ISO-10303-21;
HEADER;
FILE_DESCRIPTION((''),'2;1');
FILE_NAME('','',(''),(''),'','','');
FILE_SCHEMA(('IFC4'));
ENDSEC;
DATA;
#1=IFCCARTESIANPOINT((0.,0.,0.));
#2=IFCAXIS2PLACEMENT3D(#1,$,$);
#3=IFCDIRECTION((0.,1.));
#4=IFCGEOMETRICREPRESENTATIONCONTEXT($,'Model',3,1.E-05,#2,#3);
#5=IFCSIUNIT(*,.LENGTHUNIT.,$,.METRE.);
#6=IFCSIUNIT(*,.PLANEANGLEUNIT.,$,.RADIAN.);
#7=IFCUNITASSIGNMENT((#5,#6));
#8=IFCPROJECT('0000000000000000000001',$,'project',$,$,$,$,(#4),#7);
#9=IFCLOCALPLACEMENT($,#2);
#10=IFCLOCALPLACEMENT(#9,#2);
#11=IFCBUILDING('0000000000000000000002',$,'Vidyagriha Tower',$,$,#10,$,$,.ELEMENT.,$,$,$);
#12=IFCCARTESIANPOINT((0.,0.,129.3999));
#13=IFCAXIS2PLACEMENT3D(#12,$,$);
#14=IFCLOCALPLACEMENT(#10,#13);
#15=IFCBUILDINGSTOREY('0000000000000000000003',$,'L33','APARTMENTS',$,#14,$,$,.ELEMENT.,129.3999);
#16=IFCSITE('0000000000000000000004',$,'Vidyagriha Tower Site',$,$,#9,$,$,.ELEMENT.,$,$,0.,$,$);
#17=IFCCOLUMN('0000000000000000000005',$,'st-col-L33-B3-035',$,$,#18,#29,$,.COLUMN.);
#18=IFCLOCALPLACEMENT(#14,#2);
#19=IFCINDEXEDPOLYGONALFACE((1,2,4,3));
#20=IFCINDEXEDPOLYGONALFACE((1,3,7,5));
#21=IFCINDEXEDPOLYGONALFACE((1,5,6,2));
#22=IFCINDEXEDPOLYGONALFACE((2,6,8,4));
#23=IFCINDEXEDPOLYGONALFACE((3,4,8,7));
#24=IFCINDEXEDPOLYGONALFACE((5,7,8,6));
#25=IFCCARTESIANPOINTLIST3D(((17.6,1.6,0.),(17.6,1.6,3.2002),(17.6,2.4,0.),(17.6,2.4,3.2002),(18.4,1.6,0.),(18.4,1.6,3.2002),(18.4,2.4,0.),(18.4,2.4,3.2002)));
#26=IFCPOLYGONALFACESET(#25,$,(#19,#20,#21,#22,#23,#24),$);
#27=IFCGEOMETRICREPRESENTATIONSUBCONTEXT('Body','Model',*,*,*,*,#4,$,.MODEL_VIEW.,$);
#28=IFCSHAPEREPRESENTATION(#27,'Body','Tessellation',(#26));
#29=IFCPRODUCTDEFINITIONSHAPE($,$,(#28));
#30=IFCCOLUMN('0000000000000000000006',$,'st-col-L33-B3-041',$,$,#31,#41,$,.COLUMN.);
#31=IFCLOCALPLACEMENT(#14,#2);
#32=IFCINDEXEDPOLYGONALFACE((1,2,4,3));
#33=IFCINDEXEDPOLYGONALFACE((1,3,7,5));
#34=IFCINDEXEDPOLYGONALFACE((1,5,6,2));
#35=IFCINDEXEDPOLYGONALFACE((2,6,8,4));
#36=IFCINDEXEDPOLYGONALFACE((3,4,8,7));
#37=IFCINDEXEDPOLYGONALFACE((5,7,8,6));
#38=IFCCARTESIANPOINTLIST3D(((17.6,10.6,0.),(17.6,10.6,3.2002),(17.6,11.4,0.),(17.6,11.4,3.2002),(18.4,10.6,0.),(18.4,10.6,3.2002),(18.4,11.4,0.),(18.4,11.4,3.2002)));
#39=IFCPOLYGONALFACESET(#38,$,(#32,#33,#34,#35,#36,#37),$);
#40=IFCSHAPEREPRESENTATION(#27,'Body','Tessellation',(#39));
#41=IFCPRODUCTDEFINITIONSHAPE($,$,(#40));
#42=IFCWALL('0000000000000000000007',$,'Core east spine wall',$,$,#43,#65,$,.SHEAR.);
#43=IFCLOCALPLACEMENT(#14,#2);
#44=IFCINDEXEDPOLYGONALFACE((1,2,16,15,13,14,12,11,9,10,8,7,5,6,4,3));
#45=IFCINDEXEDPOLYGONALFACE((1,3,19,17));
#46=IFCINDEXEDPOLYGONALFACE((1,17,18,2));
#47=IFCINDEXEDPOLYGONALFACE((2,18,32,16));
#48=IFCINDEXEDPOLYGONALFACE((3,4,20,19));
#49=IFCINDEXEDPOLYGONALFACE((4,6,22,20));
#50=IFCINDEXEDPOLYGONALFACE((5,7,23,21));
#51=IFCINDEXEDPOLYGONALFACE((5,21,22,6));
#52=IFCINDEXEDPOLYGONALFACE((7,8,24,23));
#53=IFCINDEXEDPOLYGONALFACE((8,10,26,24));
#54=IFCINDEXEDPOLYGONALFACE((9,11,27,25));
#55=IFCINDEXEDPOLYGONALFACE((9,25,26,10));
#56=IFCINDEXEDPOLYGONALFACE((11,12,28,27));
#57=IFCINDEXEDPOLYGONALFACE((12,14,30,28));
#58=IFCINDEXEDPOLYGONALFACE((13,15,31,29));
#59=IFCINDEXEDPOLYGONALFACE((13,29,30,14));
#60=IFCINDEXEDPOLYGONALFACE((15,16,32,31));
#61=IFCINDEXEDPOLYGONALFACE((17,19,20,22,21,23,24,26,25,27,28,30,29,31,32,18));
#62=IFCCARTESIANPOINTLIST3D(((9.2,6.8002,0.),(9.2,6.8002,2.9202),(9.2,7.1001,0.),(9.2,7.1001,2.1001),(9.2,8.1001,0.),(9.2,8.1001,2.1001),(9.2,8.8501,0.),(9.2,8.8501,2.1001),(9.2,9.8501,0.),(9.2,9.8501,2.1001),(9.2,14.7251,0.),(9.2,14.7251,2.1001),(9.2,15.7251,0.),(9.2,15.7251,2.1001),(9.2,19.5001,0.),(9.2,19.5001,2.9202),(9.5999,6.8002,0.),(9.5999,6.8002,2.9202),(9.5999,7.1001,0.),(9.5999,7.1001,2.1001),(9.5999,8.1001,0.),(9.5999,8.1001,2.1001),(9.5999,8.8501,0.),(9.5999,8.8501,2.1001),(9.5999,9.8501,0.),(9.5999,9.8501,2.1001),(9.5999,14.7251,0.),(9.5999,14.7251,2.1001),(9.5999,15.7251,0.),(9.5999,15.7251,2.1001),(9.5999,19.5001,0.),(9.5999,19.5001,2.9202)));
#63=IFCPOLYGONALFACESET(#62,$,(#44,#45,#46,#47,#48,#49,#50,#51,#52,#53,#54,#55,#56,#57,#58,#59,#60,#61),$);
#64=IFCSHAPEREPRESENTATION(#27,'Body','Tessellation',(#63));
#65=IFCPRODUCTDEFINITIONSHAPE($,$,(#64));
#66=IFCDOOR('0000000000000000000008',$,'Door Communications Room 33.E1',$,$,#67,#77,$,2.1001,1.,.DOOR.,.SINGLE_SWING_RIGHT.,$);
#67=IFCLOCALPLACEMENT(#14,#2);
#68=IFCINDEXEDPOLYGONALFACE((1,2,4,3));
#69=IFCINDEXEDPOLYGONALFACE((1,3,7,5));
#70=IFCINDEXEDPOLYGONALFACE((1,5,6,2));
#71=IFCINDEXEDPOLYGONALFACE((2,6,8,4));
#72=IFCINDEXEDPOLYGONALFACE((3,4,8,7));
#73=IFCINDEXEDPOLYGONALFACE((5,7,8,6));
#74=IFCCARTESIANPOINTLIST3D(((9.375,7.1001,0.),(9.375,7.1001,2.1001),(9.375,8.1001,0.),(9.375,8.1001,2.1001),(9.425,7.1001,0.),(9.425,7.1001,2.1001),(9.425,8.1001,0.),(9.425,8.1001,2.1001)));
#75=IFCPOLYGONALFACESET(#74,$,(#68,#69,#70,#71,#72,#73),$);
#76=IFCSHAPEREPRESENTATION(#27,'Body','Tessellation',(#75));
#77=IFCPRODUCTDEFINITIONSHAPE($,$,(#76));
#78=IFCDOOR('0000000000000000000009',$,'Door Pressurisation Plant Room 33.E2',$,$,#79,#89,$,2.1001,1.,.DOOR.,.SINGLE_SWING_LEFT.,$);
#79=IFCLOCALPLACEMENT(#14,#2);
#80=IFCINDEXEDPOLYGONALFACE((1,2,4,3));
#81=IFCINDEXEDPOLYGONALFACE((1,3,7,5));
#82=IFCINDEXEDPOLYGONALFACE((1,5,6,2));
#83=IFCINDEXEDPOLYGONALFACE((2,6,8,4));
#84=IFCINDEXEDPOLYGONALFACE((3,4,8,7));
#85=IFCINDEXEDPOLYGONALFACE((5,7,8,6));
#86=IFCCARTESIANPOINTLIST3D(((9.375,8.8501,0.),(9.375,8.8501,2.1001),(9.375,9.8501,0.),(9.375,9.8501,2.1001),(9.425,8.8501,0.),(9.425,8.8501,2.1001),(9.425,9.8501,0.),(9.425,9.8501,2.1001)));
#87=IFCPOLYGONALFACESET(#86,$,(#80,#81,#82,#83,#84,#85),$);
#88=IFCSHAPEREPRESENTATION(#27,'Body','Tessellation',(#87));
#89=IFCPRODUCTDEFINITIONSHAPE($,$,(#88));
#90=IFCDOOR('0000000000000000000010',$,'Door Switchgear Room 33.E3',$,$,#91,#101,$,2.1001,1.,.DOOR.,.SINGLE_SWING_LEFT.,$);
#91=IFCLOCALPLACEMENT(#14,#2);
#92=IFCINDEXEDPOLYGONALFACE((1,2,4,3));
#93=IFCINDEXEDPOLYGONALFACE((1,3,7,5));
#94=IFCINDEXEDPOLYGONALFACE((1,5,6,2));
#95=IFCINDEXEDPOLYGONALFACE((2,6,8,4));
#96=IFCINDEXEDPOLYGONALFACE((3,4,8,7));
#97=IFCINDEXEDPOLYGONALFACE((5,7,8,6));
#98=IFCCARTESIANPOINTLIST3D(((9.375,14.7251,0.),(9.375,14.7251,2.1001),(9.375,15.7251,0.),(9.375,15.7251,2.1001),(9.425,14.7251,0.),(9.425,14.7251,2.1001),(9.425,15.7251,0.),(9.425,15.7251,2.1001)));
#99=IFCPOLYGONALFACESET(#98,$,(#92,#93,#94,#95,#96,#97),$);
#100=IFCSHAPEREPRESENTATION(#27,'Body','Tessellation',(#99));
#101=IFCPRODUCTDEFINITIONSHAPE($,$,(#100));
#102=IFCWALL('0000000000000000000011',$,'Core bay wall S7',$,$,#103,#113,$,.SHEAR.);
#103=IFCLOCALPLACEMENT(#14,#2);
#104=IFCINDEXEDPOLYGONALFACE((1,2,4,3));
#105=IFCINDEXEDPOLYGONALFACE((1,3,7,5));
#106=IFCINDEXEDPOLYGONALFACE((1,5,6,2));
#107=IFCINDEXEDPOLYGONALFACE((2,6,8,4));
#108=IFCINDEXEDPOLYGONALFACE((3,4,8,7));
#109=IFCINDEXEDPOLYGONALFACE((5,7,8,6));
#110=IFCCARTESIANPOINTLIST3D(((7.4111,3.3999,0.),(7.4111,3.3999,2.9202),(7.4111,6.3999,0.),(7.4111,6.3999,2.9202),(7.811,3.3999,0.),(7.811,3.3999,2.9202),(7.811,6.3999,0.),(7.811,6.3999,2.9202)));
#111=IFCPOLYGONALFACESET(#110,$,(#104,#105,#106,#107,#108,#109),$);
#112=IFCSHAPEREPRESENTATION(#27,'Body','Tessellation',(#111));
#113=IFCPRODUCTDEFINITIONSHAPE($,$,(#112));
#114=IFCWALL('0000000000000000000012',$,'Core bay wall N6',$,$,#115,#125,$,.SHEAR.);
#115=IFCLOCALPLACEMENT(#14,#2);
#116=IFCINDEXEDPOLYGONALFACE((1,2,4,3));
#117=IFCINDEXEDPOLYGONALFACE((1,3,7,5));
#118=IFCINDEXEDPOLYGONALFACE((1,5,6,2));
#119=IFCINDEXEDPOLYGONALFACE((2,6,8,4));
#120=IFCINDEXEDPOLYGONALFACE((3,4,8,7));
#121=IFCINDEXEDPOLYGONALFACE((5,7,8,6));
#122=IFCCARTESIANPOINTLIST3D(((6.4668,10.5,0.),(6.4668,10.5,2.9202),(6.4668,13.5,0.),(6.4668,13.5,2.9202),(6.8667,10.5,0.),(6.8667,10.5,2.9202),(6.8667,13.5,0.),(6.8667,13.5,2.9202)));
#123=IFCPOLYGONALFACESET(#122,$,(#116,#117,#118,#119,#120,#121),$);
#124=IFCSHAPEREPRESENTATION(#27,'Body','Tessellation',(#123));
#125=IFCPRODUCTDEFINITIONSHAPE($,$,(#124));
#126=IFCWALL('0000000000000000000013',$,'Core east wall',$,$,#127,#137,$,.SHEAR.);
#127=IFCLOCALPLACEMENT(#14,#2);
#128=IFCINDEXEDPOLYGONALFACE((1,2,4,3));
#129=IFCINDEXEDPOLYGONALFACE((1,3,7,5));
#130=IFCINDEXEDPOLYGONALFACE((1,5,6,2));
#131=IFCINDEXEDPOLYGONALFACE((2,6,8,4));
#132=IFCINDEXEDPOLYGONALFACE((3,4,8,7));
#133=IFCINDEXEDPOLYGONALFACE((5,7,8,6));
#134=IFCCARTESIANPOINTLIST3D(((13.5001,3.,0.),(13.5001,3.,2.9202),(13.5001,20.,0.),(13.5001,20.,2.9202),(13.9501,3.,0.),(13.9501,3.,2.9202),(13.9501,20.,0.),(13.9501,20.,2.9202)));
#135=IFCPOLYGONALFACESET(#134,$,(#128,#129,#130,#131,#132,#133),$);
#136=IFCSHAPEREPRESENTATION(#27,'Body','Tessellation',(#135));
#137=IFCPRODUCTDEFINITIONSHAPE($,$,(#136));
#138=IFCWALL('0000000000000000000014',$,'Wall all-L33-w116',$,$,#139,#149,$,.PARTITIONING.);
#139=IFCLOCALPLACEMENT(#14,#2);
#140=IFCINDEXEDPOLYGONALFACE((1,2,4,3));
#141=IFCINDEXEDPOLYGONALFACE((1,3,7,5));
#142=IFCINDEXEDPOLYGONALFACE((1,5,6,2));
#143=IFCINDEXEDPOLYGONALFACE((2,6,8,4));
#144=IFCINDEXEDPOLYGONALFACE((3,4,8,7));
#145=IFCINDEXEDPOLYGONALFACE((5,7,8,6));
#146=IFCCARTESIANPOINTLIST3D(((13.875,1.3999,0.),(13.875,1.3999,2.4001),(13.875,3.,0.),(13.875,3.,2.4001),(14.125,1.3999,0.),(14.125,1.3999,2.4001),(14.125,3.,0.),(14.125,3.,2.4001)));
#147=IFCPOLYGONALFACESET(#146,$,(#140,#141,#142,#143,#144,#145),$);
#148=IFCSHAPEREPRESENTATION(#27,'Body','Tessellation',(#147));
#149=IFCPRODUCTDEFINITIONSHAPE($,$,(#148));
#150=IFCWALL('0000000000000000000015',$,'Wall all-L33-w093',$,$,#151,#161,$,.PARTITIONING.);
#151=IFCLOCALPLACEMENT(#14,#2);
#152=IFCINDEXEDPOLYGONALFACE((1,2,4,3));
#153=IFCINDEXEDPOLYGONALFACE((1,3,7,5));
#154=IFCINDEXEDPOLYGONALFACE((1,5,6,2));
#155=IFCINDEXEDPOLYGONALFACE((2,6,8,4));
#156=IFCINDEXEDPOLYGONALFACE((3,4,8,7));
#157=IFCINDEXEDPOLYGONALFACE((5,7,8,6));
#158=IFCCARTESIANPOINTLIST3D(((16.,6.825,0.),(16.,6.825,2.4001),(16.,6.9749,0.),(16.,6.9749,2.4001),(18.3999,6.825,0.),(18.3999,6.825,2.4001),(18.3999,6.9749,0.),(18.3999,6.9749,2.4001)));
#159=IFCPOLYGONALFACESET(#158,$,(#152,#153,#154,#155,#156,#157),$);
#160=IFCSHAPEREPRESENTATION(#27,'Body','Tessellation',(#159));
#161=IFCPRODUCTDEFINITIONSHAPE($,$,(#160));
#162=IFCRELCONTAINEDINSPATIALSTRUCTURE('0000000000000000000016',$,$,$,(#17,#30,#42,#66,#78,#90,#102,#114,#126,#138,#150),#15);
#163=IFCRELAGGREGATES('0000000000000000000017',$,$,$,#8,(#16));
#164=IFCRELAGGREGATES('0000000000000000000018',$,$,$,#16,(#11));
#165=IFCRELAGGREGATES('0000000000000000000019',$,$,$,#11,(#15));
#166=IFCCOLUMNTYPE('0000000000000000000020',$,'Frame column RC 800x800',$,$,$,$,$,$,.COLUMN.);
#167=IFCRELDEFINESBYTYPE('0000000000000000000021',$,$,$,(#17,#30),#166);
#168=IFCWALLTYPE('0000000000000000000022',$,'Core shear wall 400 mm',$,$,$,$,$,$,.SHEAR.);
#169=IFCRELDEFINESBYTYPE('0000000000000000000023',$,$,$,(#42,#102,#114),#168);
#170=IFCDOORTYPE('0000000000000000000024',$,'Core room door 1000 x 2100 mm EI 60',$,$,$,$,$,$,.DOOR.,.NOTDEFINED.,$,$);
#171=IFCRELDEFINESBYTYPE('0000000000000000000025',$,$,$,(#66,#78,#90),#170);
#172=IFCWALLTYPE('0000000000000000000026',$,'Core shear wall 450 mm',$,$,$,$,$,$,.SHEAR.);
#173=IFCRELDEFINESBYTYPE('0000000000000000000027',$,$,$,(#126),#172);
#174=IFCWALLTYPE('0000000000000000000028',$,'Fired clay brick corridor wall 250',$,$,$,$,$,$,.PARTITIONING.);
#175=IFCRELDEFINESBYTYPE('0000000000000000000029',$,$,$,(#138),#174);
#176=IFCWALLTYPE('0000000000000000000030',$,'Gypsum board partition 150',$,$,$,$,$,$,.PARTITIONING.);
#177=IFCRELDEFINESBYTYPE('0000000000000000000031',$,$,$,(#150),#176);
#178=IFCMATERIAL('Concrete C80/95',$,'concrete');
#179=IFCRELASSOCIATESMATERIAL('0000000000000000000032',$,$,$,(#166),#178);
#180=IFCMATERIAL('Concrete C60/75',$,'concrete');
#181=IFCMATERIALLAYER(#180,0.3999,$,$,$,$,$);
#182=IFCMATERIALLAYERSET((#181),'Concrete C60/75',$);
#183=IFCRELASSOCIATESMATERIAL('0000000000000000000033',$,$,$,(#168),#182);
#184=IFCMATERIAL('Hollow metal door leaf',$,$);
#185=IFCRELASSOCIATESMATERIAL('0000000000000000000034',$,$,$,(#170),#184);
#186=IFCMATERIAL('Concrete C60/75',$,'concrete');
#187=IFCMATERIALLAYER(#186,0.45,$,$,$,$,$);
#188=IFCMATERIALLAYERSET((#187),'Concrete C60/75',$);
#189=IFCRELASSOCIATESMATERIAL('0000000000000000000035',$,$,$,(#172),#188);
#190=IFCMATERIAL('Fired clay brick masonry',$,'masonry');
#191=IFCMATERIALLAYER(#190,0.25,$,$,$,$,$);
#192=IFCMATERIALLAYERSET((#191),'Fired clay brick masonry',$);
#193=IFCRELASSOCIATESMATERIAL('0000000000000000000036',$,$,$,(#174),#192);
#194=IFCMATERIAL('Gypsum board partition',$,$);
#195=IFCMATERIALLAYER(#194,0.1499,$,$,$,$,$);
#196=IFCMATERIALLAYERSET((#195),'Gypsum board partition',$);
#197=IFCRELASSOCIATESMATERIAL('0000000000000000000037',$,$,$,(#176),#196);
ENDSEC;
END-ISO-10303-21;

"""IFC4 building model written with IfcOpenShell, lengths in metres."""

from ifc_helpers import new_model, si_unit, direction, frame, frame_2d, origin, origin_2d, place, context, subcontext, project, spatial, rectangle, extrude, material, layer, layer_set, material_profile, profile_set, type_object, element, fill, save


model = new_model("IFC4")

# Units and contexts
model_context = context("Model", 3, precision=1e-05, world=origin(), true_north=direction((0.0, 1.0)))
body_context = subcontext(model_context, "Body", "Model", "MODEL_VIEW")
ifc_project = project(units=[si_unit("LENGTHUNIT", "METRE"), si_unit("PLANEANGLEUNIT", "RADIAN")], contexts=[model_context])

# Site, building, storey
site_placement = place(None, origin())
site = spatial("IfcSite", under=ifc_project, at=site_placement, Name="Vidyagriha Tower Site", CompositionType="ELEMENT", RefElevation=0.0)
building_placement = place(site_placement, origin())
building = spatial("IfcBuilding", under=site, at=building_placement, Name="Vidyagriha Tower", CompositionType="ELEMENT")
storey_placement = place(building_placement, frame((0.0, 0.0, 129.3999)))
storey = spatial("IfcBuildingStorey", under=building, at=storey_placement, Name="L33", Description="APARTMENTS", CompositionType="ELEMENT", Elevation=129.3999)

# Columns
ifc_material_1 = material(Name="Concrete C80/95", Category="concrete")
ifc_material_profile = material_profile(ifc_material_1, rectangle(XDim=0.8, YDim=0.8, at=origin_2d()), Name="RC 800x800")
ifc_profile_set = profile_set([ifc_material_profile], Name="Concrete C80/95")
column_type = type_object("IfcColumnType", Name="Frame column RC 800x800", PredefinedType="COLUMN", material=ifc_profile_set)
for number, where, name in (
    (1, (18.0, 2.0, 0.0), "st-col-L33-B3-035"),
    (2, (18.0, 11.0, 0.0), "st-col-L33-B3-041"),
):
    element("IfcColumn", number, at=place(storey_placement, frame(where)), inside=storey, type_object=column_type, Name=name, PredefinedType="COLUMN", context=body_context, shape_type="SweptSolid", body=[
        extrude(rectangle(XDim=0.8, YDim=0.8, at=origin_2d()), origin(), (0.0, 0.0, 1.0), 3.2002),
    ])

# Wall, openings, doors
ifc_material_2 = material(Name="Concrete C60/75", Category="concrete")
ifc_layer_1 = layer(ifc_material_2, 0.3999)
ifc_layer_set_1 = layer_set([ifc_layer_1], Name="Concrete C60/75")
wall_type_1 = type_object("IfcWallType", Name="Core shear wall 400 mm", PredefinedType="SHEAR", material=ifc_layer_set_1)
wall_1_placement = place(storey_placement, frame((9.3999, 6.8, 0.0), z_axis=(0.0, 0.0, 1.0), x_axis=(0.0, 1.0, 0.0)))
wall_1 = element("IfcWall", 3, at=wall_1_placement, inside=storey, type_object=wall_type_1, Name="Core east spine wall", PredefinedType="SHEAR", context=body_context, shape_type="SweptSolid", body=[
    extrude(rectangle(XDim=12.7, YDim=0.3999, at=frame_2d((6.3501, 0.0))), origin(), (0.0, 0.0, 1.0), 2.9202),
])
opening_1_placement = place(wall_1_placement, frame((0.3, 0.0, 0.0)))
opening_1 = element("IfcOpeningElement", 4, at=opening_1_placement, cuts=wall_1, PredefinedType="OPENING", context=body_context, shape_type="SweptSolid", body=[
    extrude(rectangle(XDim=1.0, YDim=2.1001, at=frame_2d((0.5, 1.05))), frame((0.0, 0.21, 0.0), z_axis=(0.0, -1.0, 0.0), x_axis=(1.0, 0.0, 0.0)), (0.0, 0.0, 1.0), 0.4199),
])
opening_2_placement = place(wall_1_placement, frame((2.05, 0.0, 0.0)))
opening_2 = element("IfcOpeningElement", 5, at=opening_2_placement, cuts=wall_1, PredefinedType="OPENING", context=body_context, shape_type="SweptSolid", body=[
    extrude(rectangle(XDim=1.0, YDim=2.1001, at=frame_2d((0.5, 1.05))), frame((0.0, 0.21, 0.0), z_axis=(0.0, -1.0, 0.0), x_axis=(1.0, 0.0, 0.0)), (0.0, 0.0, 1.0), 0.4199),
])
opening_3_placement = place(wall_1_placement, frame((7.925, 0.0, 0.0)))
opening_3 = element("IfcOpeningElement", 6, at=opening_3_placement, cuts=wall_1, PredefinedType="OPENING", context=body_context, shape_type="SweptSolid", body=[
    extrude(rectangle(XDim=1.0, YDim=2.1001, at=frame_2d((0.5, 1.05))), frame((0.0, 0.21, 0.0), z_axis=(0.0, -1.0, 0.0), x_axis=(1.0, 0.0, 0.0)), (0.0, 0.0, 1.0), 0.4199),
])
ifc_material_3 = material(Name="Hollow metal door leaf")
door_type_1 = type_object("IfcDoorType", Name="Core room door 1000 x 2100 mm EI 60", OperationType="NOTDEFINED", PredefinedType="DOOR", material=ifc_material_3)
door_1_placement = place(opening_1_placement, origin())
door_1 = element("IfcDoor", 7, at=door_1_placement, inside=storey, type_object=door_type_1, Name="Door Communications Room 33.E1", OperationType="SINGLE_SWING_RIGHT", OverallHeight=2.1001, OverallWidth=1.0, PredefinedType="DOOR", context=body_context, shape_type="SweptSolid", body=[
    extrude(rectangle(XDim=1.0, YDim=2.1001, at=frame_2d((0.5, 1.05))), frame((0.0, 0.0249, 0.0), z_axis=(0.0, -1.0, 0.0), x_axis=(1.0, 0.0, 0.0)), (0.0, 0.0, 1.0), 0.05),
])
fill(opening_1, door_1)
door_2_placement = place(opening_2_placement, origin())
door_2 = element("IfcDoor", 8, at=door_2_placement, inside=storey, type_object=door_type_1, Name="Door Pressurisation Plant Room 33.E2", OperationType="SINGLE_SWING_LEFT", OverallHeight=2.1001, OverallWidth=1.0, PredefinedType="DOOR", context=body_context, shape_type="SweptSolid", body=[
    extrude(rectangle(XDim=1.0, YDim=2.1001, at=frame_2d((0.5, 1.05))), frame((0.0, 0.0249, 0.0), z_axis=(0.0, -1.0, 0.0), x_axis=(1.0, 0.0, 0.0)), (0.0, 0.0, 1.0), 0.05),
])
fill(opening_2, door_2)
door_3_placement = place(opening_3_placement, origin())
door_3 = element("IfcDoor", 9, at=door_3_placement, inside=storey, type_object=door_type_1, Name="Door Switchgear Room 33.E3", OperationType="SINGLE_SWING_LEFT", OverallHeight=2.1001, OverallWidth=1.0, PredefinedType="DOOR", context=body_context, shape_type="SweptSolid", body=[
    extrude(rectangle(XDim=1.0, YDim=2.1001, at=frame_2d((0.5, 1.05))), frame((0.0, 0.0249, 0.0), z_axis=(0.0, -1.0, 0.0), x_axis=(1.0, 0.0, 0.0)), (0.0, 0.0, 1.0), 0.05),
])
fill(opening_3, door_3)

# Walls
for number, where, z_axis, x_axis, name in (
    (10, (7.6111, 3.3999, 0.0), (0.0, 0.0, 1.0), (0.0, 1.0, 0.0), "Core bay wall S7"),
    (11, (6.6667, 10.5, 0.0), (0.0, 0.0, 1.0), (0.0, 1.0, 0.0), "Core bay wall N6"),
):
    element("IfcWall", number, at=place(storey_placement, frame(where, z_axis=z_axis, x_axis=x_axis)), inside=storey, type_object=wall_type_1, Name=name, PredefinedType="SHEAR", context=body_context, shape_type="SweptSolid", body=[
        extrude(rectangle(XDim=3.0, YDim=0.3999, at=frame_2d((1.5, 0.0))), origin(), (0.0, 0.0, 1.0), 2.9202),
    ])
ifc_material_4 = material(Name="Concrete C60/75", Category="concrete")
ifc_layer_2 = layer(ifc_material_4, 0.45)
ifc_layer_set_2 = layer_set([ifc_layer_2], Name="Concrete C60/75")
wall_type_2 = type_object("IfcWallType", Name="Core shear wall 450 mm", PredefinedType="SHEAR", material=ifc_layer_set_2)
wall_2_placement = place(storey_placement, frame((13.7251, 3.0, 0.0), z_axis=(0.0, 0.0, 1.0), x_axis=(0.0, 1.0, 0.0)))
element("IfcWall", 12, at=wall_2_placement, inside=storey, type_object=wall_type_2, Name="Core east wall", PredefinedType="SHEAR", context=body_context, shape_type="SweptSolid", body=[
    extrude(rectangle(XDim=17.0, YDim=0.45, at=frame_2d((8.5, 0.0))), origin(), (0.0, 0.0, 1.0), 2.9202),
])
ifc_material_5 = material(Name="Fired clay brick masonry", Category="masonry")
ifc_layer_3 = layer(ifc_material_5, 0.25)
ifc_layer_set_3 = layer_set([ifc_layer_3], Name="Fired clay brick masonry")
wall_type_3 = type_object("IfcWallType", Name="Fired clay brick corridor wall 250", PredefinedType="PARTITIONING", material=ifc_layer_set_3)
wall_3_placement = place(storey_placement, frame((14.0, 1.3999, 0.0), z_axis=(0.0, 0.0, 1.0), x_axis=(0.0, 1.0, 0.0)))
element("IfcWall", 13, at=wall_3_placement, inside=storey, type_object=wall_type_3, Name="Wall all-L33-w116", PredefinedType="PARTITIONING", context=body_context, shape_type="SweptSolid", body=[
    extrude(rectangle(XDim=1.6001, YDim=0.25, at=frame_2d((0.8, 0.0))), origin(), (0.0, 0.0, 1.0), 2.4001),
])
ifc_material_6 = material(Name="Gypsum board partition")
ifc_layer_4 = layer(ifc_material_6, 0.1499)
ifc_layer_set_4 = layer_set([ifc_layer_4], Name="Gypsum board partition")
wall_type_4 = type_object("IfcWallType", Name="Gypsum board partition 150", PredefinedType="PARTITIONING", material=ifc_layer_set_4)
wall_4_placement = place(storey_placement, frame((16.0, 6.8999, 0.0)))
element("IfcWall", 14, at=wall_4_placement, inside=storey, type_object=wall_type_4, Name="Wall all-L33-w093", PredefinedType="PARTITIONING", context=body_context, shape_type="SweptSolid", body=[
    extrude(rectangle(XDim=2.3999, YDim=0.1499, at=frame_2d((1.2, 0.0))), origin(), (0.0, 0.0, 1.0), 2.4001),
])

save(model, "model.ifc")
